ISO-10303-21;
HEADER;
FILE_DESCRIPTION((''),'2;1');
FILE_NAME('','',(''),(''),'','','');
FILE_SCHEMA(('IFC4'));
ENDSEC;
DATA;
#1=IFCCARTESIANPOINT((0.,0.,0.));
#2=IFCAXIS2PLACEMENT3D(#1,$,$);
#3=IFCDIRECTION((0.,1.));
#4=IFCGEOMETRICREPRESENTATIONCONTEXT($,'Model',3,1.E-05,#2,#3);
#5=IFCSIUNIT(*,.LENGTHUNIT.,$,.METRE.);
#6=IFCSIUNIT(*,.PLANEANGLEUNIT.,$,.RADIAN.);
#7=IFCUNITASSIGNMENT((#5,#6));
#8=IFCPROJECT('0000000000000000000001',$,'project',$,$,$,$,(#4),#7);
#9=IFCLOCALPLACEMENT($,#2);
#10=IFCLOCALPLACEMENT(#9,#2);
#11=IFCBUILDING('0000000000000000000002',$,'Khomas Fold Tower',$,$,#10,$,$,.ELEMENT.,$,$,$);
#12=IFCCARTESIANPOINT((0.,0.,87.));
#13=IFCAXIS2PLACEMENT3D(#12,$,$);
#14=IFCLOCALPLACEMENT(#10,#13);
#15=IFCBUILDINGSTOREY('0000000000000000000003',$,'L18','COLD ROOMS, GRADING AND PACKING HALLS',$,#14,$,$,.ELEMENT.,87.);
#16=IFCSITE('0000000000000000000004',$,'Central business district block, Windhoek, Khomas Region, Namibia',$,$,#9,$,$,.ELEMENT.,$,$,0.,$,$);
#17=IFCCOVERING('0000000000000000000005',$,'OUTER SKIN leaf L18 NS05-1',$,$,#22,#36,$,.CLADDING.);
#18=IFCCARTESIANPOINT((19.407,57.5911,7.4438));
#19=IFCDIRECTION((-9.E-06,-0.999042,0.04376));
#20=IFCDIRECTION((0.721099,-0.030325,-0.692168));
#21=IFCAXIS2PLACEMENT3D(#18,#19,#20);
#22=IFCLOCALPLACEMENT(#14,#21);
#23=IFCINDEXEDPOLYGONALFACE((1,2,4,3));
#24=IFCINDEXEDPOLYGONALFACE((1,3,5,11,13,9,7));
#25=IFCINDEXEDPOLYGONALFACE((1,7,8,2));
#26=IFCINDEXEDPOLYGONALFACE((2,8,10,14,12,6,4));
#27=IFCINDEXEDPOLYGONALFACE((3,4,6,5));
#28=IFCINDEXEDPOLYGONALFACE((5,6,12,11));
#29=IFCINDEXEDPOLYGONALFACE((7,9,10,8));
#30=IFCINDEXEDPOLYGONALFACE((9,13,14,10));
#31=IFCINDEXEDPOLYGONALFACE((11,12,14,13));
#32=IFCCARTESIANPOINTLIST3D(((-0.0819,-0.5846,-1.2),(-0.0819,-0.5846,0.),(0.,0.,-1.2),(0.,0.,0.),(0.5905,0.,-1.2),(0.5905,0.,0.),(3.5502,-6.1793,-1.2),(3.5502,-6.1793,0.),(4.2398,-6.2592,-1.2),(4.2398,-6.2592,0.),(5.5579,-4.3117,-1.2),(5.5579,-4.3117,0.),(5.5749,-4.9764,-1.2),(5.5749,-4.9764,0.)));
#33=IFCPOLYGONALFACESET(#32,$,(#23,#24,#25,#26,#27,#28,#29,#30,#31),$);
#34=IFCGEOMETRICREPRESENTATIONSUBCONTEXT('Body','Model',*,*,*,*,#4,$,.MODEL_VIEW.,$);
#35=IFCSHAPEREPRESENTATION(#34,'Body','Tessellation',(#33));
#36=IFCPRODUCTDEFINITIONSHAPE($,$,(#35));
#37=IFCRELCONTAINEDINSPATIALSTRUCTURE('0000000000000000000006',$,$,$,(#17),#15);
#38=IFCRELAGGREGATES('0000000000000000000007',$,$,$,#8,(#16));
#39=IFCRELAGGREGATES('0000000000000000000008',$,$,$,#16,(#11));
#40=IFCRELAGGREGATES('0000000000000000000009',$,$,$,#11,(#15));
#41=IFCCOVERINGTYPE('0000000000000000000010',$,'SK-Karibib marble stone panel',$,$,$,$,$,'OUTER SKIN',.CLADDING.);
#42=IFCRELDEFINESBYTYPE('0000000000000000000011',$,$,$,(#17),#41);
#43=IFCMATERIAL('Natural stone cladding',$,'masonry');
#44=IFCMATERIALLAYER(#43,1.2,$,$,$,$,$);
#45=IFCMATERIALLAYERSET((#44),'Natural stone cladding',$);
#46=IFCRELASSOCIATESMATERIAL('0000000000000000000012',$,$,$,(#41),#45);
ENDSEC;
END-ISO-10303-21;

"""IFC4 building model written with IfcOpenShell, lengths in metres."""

from ifc_helpers import new_model, si_unit, direction, frame, origin, place, context, subcontext, project, spatial, polyline, outline, extrude, material, layer, layer_set, type_object, element, save


model = new_model("IFC4")

# Units and contexts
model_context = context("Model", 3, precision=1e-05, world=origin(), true_north=direction((0.0, 1.0)))
body_context = subcontext(model_context, "Body", "Model", "MODEL_VIEW")
ifc_project = project(units=[si_unit("LENGTHUNIT", "METRE"), si_unit("PLANEANGLEUNIT", "RADIAN")], contexts=[model_context])

# Site, building, storey
site_placement = place(None, origin())
site = spatial("IfcSite", under=ifc_project, at=site_placement, Name="Central business district block, Windhoek, Khomas Region, Namibia", CompositionType="ELEMENT", RefElevation=0.0)
building_placement = place(site_placement, origin())
building = spatial("IfcBuilding", under=site, at=building_placement, Name="Khomas Fold Tower", CompositionType="ELEMENT")
storey_placement = place(building_placement, frame((0.0, 0.0, 87.0)))
storey = spatial("IfcBuildingStorey", under=building, at=storey_placement, Name="L18", Description="COLD ROOMS, GRADING AND PACKING HALLS", CompositionType="ELEMENT", Elevation=87.0)

# Covering
ifc_material_1 = material(Name="Natural stone cladding", Category="masonry")
ifc_layer_1 = layer(ifc_material_1, 1.2)
ifc_layer_set_1 = layer_set([ifc_layer_1], Name="Natural stone cladding")
covering_type_1 = type_object("IfcCoveringType", Name="SK-Karibib marble stone panel", ElementType="OUTER SKIN", PredefinedType="CLADDING", material=ifc_layer_set_1)
covering_placement = place(storey_placement, frame((19.407, 57.5911, 7.4438), z_axis=(-0.000009, -0.999042, 0.04376), x_axis=(0.721099, -0.030325, -0.692168)))
element("IfcCovering", 1, at=covering_placement, inside=storey, type_object=covering_type_1, Name="OUTER SKIN leaf L18 NS05-1", PredefinedType="CLADDING", context=body_context, shape_type="SweptSolid", body=[
    extrude(outline(polyline([(0.0, 0.0), (0.5905, 0.0), (5.5579, -4.3117), (5.5749, -4.9764), (4.2398, -6.2592), (3.5502, -6.1793), (-0.0819, -0.5846), (0.0, 0.0)])), origin(), (0.0, 0.0, -1.0), 1.2),
])

save(model, "model.ifc")
